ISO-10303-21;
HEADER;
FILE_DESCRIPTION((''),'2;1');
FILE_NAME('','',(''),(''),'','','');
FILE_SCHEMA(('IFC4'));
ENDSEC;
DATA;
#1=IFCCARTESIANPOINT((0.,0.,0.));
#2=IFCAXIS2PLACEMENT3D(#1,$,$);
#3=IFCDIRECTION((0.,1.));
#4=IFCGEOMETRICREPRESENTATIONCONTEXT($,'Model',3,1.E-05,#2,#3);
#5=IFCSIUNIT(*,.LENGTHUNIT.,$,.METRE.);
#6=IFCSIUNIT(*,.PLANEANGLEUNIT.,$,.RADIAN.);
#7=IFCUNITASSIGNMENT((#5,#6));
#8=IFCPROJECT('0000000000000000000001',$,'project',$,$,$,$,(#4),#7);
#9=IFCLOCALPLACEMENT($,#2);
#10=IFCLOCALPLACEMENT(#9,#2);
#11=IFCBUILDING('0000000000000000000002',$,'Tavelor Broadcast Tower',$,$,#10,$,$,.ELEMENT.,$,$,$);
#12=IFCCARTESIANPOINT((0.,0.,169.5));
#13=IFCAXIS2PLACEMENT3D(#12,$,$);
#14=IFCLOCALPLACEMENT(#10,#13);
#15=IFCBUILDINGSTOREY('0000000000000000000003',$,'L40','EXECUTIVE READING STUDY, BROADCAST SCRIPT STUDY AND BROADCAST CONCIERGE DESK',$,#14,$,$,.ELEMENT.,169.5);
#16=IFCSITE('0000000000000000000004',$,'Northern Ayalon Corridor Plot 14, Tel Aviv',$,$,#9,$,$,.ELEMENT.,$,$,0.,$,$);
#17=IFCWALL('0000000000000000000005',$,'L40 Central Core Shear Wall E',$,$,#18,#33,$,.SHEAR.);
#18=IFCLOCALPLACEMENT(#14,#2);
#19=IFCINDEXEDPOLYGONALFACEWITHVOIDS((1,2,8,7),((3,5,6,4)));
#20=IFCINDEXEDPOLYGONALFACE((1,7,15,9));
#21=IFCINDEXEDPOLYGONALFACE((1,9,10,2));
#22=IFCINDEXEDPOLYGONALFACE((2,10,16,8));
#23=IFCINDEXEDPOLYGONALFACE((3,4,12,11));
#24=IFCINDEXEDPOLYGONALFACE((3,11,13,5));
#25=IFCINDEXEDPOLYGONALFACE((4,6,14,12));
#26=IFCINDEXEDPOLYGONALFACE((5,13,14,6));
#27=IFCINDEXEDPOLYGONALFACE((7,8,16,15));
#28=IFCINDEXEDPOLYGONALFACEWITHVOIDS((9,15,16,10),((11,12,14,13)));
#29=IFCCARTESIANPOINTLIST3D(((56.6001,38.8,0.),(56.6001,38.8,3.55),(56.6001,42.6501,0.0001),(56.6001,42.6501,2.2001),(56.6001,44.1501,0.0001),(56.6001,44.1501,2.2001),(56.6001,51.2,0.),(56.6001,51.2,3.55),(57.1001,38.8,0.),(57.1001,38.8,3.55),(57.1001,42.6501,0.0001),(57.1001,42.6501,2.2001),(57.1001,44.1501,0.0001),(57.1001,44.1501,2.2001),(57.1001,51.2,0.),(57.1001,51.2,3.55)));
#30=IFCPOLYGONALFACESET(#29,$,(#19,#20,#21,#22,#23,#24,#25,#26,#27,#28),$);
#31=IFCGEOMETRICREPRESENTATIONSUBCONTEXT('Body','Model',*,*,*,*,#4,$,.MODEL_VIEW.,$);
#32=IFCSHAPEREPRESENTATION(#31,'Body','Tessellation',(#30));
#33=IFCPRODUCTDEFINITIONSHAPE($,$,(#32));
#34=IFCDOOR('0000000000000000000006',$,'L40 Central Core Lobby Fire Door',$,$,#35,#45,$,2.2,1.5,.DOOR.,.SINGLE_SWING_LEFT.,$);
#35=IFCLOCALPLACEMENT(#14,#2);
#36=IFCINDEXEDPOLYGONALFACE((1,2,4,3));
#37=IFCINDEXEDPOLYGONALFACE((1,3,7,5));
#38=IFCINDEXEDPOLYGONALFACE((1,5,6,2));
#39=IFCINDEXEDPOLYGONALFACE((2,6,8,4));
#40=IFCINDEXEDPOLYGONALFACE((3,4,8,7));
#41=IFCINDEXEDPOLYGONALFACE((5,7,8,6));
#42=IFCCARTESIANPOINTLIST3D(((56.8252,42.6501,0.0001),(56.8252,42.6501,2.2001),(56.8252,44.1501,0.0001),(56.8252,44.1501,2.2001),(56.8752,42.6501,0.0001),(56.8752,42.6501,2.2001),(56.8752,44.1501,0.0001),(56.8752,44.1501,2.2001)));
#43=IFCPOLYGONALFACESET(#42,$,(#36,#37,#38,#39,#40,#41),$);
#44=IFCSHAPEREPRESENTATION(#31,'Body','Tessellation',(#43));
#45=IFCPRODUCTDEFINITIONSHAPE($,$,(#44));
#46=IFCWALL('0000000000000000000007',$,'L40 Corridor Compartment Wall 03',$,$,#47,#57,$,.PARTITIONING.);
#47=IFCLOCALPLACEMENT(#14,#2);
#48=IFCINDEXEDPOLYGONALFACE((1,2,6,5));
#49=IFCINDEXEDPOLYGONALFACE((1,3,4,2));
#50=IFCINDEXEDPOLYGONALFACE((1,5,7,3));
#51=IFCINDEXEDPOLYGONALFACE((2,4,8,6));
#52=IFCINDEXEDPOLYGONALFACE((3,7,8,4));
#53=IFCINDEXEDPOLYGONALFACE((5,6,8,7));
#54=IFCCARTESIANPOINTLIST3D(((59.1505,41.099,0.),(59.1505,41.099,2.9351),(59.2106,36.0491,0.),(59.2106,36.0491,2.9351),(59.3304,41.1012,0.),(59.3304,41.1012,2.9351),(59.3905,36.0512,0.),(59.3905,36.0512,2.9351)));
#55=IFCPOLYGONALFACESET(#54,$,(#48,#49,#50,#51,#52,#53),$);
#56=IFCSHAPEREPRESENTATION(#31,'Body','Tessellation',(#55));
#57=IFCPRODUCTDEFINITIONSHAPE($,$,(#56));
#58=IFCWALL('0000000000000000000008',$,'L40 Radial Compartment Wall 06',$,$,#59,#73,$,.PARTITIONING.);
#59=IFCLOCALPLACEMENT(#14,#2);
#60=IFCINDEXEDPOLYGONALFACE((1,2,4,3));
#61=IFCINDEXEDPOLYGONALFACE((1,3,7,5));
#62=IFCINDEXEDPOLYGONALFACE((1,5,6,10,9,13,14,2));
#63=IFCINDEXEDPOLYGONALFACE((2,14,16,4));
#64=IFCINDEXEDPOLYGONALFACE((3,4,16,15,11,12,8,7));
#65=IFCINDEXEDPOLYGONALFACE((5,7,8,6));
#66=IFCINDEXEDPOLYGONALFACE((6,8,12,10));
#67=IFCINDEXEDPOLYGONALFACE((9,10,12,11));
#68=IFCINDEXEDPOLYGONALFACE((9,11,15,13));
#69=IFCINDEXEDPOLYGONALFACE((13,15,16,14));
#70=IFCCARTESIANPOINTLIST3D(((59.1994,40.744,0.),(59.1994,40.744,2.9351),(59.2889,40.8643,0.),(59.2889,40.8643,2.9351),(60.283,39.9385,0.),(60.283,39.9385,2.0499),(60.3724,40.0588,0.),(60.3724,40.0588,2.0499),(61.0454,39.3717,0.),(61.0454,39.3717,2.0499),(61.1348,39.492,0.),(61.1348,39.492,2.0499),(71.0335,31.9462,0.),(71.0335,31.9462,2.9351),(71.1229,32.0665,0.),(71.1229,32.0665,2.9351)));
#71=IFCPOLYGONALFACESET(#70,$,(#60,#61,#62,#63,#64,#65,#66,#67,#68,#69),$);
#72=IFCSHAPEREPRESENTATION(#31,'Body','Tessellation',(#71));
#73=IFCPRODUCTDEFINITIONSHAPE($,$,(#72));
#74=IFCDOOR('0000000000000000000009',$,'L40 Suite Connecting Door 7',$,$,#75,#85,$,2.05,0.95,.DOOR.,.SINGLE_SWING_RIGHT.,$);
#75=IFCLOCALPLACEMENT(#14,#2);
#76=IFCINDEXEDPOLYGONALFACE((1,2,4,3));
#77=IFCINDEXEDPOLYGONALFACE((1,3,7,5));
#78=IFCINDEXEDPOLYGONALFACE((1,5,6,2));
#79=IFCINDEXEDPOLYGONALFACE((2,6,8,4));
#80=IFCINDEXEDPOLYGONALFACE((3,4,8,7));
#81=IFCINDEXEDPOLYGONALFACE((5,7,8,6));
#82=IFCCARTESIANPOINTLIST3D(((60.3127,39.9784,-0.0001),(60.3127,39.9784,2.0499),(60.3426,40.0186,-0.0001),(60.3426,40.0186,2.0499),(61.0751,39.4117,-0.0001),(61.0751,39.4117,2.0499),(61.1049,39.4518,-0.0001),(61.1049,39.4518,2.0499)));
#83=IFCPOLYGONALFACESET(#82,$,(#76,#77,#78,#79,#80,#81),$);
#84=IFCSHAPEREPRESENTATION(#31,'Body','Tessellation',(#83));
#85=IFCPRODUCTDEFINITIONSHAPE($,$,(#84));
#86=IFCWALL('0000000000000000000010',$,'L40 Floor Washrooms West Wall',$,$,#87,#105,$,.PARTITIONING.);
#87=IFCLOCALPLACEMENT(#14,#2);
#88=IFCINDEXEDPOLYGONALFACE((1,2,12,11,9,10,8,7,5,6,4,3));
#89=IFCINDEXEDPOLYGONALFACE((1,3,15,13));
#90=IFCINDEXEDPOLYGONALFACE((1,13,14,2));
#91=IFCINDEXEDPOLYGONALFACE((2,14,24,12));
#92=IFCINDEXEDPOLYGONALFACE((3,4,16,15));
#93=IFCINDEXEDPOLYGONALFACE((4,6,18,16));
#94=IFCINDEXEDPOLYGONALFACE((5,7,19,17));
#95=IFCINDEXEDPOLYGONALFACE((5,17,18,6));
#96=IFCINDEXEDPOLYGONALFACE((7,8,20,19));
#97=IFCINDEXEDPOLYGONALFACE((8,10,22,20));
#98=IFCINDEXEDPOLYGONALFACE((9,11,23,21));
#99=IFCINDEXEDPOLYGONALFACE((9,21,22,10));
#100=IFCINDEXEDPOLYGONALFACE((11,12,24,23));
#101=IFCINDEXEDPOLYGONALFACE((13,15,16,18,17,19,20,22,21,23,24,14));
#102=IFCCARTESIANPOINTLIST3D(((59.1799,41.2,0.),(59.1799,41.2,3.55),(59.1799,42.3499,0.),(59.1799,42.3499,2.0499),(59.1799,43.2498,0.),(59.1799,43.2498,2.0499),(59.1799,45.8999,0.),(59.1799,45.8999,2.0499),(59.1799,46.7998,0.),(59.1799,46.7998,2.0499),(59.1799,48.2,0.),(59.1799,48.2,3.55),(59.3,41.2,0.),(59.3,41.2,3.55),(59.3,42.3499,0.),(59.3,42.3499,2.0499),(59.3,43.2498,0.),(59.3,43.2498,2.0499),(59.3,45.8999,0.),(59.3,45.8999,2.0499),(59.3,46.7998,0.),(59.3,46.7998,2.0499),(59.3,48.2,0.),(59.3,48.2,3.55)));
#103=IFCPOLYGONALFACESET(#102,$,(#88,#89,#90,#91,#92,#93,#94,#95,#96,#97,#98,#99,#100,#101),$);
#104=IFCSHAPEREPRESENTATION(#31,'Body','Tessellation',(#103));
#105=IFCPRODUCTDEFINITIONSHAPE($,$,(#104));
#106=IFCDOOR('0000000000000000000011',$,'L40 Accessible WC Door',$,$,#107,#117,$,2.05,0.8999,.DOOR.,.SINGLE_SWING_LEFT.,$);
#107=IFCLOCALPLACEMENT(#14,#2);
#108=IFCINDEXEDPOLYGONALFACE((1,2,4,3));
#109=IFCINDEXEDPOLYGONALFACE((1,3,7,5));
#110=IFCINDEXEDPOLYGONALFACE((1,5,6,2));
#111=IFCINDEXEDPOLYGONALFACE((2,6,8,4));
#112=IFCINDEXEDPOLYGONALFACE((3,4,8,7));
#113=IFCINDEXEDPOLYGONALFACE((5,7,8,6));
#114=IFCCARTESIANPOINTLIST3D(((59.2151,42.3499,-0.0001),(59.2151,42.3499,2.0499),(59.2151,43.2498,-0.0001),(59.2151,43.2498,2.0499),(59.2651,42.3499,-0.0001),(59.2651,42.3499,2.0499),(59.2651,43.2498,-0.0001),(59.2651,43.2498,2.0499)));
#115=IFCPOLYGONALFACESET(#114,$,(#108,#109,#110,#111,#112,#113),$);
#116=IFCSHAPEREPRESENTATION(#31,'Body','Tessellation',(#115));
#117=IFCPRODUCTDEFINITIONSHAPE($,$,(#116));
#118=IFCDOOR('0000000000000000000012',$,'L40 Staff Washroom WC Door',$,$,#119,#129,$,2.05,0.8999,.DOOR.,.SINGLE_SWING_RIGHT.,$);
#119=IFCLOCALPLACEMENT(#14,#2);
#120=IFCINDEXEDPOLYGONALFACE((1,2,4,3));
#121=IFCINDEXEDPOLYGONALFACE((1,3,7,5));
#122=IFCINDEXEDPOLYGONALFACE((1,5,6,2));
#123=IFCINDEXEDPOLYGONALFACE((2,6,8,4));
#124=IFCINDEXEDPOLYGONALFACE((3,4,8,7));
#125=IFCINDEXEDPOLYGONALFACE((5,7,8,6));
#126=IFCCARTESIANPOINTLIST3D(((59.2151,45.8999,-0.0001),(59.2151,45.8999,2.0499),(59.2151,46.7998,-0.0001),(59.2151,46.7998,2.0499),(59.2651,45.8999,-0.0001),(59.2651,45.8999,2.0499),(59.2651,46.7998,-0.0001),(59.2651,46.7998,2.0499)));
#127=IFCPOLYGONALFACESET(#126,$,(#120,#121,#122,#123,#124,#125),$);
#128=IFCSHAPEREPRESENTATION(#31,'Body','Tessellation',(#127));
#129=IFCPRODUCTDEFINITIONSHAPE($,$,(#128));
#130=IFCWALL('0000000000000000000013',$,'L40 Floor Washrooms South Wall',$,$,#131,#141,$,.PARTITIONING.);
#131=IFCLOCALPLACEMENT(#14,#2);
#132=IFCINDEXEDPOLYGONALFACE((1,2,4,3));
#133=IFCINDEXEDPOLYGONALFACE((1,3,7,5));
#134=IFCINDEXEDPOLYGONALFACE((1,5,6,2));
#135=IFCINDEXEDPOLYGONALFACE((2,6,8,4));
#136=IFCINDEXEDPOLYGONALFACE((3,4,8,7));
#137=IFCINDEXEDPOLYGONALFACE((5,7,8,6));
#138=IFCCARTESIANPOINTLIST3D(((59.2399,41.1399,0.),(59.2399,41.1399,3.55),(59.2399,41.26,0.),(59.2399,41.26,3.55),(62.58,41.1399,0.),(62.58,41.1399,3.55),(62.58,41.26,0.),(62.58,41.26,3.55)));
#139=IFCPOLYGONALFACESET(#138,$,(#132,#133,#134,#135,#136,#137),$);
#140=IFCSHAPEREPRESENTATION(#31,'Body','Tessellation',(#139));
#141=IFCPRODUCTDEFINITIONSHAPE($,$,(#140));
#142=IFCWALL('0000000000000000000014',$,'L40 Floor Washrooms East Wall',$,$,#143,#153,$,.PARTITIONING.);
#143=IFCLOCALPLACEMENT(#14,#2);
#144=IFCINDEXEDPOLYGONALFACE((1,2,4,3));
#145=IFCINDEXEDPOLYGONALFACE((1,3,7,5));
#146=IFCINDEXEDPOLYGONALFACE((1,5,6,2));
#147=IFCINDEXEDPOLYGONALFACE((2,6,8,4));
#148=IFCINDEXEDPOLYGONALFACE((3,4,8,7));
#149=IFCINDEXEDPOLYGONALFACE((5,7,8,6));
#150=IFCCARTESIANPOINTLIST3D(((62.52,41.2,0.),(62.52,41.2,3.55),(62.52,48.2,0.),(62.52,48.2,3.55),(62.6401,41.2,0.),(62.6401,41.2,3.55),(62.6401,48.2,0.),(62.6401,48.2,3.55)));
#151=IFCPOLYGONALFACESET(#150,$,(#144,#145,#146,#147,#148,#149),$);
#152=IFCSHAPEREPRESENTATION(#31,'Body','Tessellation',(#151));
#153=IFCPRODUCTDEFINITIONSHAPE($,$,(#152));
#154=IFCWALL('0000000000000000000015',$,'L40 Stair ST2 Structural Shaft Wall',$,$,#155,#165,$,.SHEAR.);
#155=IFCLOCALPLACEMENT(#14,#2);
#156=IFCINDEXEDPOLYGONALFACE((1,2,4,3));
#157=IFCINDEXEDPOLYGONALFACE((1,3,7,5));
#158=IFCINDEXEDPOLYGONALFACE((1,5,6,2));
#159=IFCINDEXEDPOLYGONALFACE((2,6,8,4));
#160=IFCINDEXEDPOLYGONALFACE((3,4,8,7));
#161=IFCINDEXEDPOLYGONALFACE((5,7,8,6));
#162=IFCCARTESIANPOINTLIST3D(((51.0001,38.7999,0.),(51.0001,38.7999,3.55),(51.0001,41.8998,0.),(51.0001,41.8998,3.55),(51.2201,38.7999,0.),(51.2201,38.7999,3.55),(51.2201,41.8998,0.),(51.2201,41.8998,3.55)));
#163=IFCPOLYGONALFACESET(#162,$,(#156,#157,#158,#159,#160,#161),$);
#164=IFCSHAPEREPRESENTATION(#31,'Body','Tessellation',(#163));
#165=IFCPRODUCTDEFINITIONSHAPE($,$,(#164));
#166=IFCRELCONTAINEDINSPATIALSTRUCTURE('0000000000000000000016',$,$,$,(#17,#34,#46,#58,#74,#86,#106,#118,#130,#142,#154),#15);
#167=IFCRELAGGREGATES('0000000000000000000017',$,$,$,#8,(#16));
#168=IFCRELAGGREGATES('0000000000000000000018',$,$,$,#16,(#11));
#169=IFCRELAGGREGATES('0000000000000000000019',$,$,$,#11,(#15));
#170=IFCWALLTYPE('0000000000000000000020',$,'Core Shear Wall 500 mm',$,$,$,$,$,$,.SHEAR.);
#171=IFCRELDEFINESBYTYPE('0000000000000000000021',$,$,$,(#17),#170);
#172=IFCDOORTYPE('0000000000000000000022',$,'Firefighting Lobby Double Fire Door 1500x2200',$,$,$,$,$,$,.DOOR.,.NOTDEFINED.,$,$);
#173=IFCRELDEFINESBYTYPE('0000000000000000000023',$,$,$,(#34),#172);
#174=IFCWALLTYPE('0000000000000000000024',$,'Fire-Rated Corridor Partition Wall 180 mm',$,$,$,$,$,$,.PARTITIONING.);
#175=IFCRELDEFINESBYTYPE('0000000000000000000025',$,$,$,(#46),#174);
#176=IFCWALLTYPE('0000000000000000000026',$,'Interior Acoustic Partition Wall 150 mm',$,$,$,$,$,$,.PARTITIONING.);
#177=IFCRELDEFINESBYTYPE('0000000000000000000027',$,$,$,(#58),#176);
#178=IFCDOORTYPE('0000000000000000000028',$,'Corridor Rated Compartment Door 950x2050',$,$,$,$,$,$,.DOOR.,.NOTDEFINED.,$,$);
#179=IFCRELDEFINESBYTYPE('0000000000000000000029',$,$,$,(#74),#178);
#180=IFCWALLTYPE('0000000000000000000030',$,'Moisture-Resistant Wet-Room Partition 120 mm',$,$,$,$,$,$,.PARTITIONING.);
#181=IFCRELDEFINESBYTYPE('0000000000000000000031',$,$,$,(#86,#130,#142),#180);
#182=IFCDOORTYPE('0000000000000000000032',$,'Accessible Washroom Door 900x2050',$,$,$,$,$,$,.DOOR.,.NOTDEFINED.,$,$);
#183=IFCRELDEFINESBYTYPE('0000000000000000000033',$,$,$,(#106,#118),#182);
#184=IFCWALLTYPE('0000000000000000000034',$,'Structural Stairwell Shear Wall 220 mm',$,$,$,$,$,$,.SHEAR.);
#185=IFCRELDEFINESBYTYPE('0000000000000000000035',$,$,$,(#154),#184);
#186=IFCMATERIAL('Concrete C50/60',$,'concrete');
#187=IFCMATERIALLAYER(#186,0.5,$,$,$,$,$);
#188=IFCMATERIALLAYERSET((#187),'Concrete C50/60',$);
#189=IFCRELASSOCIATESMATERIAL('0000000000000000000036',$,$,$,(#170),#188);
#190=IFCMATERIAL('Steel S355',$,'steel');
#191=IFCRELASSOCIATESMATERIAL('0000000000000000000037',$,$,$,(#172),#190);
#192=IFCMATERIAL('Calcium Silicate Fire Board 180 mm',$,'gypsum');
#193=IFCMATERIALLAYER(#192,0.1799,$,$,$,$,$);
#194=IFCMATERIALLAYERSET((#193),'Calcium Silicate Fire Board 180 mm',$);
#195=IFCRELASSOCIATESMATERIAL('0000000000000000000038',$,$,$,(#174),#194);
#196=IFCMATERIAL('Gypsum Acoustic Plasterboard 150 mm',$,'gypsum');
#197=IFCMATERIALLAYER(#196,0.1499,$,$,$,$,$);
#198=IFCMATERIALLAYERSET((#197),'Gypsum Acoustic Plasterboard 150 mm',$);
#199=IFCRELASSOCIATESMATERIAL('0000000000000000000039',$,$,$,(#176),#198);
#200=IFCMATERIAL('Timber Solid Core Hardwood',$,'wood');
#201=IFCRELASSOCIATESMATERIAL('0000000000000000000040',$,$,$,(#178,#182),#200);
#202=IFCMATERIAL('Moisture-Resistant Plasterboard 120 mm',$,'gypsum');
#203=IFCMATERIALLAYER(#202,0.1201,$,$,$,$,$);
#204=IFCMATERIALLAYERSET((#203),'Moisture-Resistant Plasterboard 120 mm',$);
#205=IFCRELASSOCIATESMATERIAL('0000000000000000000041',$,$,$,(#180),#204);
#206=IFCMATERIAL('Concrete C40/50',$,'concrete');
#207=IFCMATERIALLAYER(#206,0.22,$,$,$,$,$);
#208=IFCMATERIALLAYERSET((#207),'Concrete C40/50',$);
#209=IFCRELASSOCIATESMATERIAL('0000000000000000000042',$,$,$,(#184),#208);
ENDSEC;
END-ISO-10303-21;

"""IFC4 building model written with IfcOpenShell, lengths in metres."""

from ifc_helpers import new_model, si_unit, direction, frame, frame_2d, origin, place, context, subcontext, project, spatial, rectangle, extrude, material, layer, layer_set, type_object, element, fill, save


model = new_model("IFC4")

# Units and contexts
model_context = context("Model", 3, precision=1e-05, world=origin(), true_north=direction((0.0, 1.0)))
body_context = subcontext(model_context, "Body", "Model", "MODEL_VIEW")
ifc_project = project(units=[si_unit("LENGTHUNIT", "METRE"), si_unit("PLANEANGLEUNIT", "RADIAN")], contexts=[model_context])

# Site, building, storey
site_placement = place(None, origin())
site = spatial("IfcSite", under=ifc_project, at=site_placement, Name="Northern Ayalon Corridor Plot 14, Tel Aviv", CompositionType="ELEMENT", RefElevation=0.0)
building_placement = place(site_placement, origin())
building = spatial("IfcBuilding", under=site, at=building_placement, Name="Tavelor Broadcast Tower", CompositionType="ELEMENT")
storey_placement = place(building_placement, frame((0.0, 0.0, 169.5)))
storey = spatial("IfcBuildingStorey", under=building, at=storey_placement, Name="L40", Description="EXECUTIVE READING STUDY, BROADCAST SCRIPT STUDY AND BROADCAST CONCIERGE DESK", CompositionType="ELEMENT", Elevation=169.5)

# Shared definitions
ifc_material_1 = material(Name="Concrete C50/60", Category="concrete")

# Shared definitions
ifc_material_2 = material(Name="Concrete C40/50", Category="concrete")
ifc_material_3 = material(Name="Steel S355", Category="steel")

# Wall, opening, door
ifc_layer_1 = layer(ifc_material_1, 0.5)
ifc_layer_set_1 = layer_set([ifc_layer_1], Name="Concrete C50/60")
wall_type_1 = type_object("IfcWallType", Name="Core Shear Wall 500 mm", PredefinedType="SHEAR", material=ifc_layer_set_1)
wall_1_placement = place(storey_placement, frame((56.8501, 38.8, 0.0), z_axis=(0.0, 0.0, 1.0), x_axis=(0.0, 1.0, 0.0)))
wall_1 = element("IfcWall", 1, at=wall_1_placement, inside=storey, type_object=wall_type_1, Name="L40 Central Core Shear Wall E", PredefinedType="SHEAR", context=body_context, shape_type="SweptSolid", body=[
    extrude(rectangle(XDim=12.3999, YDim=0.5, at=frame_2d((6.2, 0.0))), origin(), (0.0, 0.0, 1.0), 3.55),
])
opening_1_placement = place(wall_1_placement, frame((3.8501, 0.0, 0.0)))
opening_1 = element("IfcOpeningElement", 2, at=opening_1_placement, cuts=wall_1, PredefinedType="OPENING", context=body_context, shape_type="SweptSolid", body=[
    extrude(rectangle(XDim=1.5, YDim=2.2, at=frame_2d((0.75, 1.1001))), frame((0.0, 0.26, 0.0), z_axis=(0.0, -1.0, 0.0), x_axis=(1.0, 0.0, 0.0)), (0.0, 0.0, 1.0), 0.52),
])
door_type_1 = type_object("IfcDoorType", Name="Firefighting Lobby Double Fire Door 1500x2200", OperationType="NOTDEFINED", PredefinedType="DOOR", material=ifc_material_3)
door_1_placement = place(opening_1_placement, origin())
door_1 = element("IfcDoor", 3, at=door_1_placement, inside=storey, type_object=door_type_1, Name="L40 Central Core Lobby Fire Door", OperationType="SINGLE_SWING_LEFT", OverallHeight=2.2, OverallWidth=1.5, PredefinedType="DOOR", context=body_context, shape_type="SweptSolid", body=[
    extrude(rectangle(XDim=1.5, YDim=2.2, at=frame_2d((0.75, 1.1001))), frame((0.0, 0.0249, 0.0), z_axis=(0.0, -1.0, 0.0), x_axis=(1.0, 0.0, 0.0)), (0.0, 0.0, 1.0), 0.05),
])
fill(opening_1, door_1)

# Wall
ifc_material_4 = material(Name="Calcium Silicate Fire Board 180 mm", Category="gypsum")
ifc_layer_2 = layer(ifc_material_4, 0.1799)
ifc_layer_set_2 = layer_set([ifc_layer_2], Name="Calcium Silicate Fire Board 180 mm")
wall_type_2 = type_object("IfcWallType", Name="Fire-Rated Corridor Partition Wall 180 mm", PredefinedType="PARTITIONING", material=ifc_layer_set_2)
wall_2_placement = place(storey_placement, frame((59.2405, 41.1001, 0.0), z_axis=(0.0, 0.0, 1.0), x_axis=(0.011892, -0.999929, 0.0)))
element("IfcWall", 4, at=wall_2_placement, inside=storey, type_object=wall_type_2, Name="L40 Corridor Compartment Wall 03", PredefinedType="PARTITIONING", context=body_context, shape_type="SweptSolid", body=[
    extrude(rectangle(XDim=5.0503, YDim=0.1799, at=frame_2d((2.5251, 0.0))), origin(), (0.0, 0.0, 1.0), 2.9351),
])

# Wall, opening, door
ifc_material_5 = material(Name="Gypsum Acoustic Plasterboard 150 mm", Category="gypsum")
ifc_layer_3 = layer(ifc_material_5, 0.1499)
ifc_layer_set_3 = layer_set([ifc_layer_3], Name="Gypsum Acoustic Plasterboard 150 mm")
wall_type_3 = type_object("IfcWallType", Name="Interior Acoustic Partition Wall 150 mm", PredefinedType="PARTITIONING", material=ifc_layer_set_3)
wall_3_placement = place(storey_placement, frame((59.2441, 40.8042, 0.0), z_axis=(0.0, 0.0, 1.0), x_axis=(0.80252, -0.596625, 0.0)))
wall_3 = element("IfcWall", 5, at=wall_3_placement, inside=storey, type_object=wall_type_3, Name="L40 Radial Compartment Wall 06", PredefinedType="PARTITIONING", context=body_context, shape_type="SweptSolid", body=[
    extrude(rectangle(XDim=14.7461, YDim=0.1499, at=frame_2d((7.373, 0.0))), origin(), (0.0, 0.0, 1.0), 2.9351),
])
opening_2_placement = place(wall_3_placement, frame((1.3501, 0.0, 0.0)))
opening_2 = element("IfcOpeningElement", 6, at=opening_2_placement, cuts=wall_3, PredefinedType="OPENING", context=body_context, shape_type="SweptSolid", body=[
    extrude(rectangle(XDim=0.95, YDim=2.05, at=frame_2d((0.4751, 1.0249))), frame((0.0, 0.085, 0.0), z_axis=(0.0, -1.0, 0.0), x_axis=(1.0, 0.0, 0.0)), (0.0, 0.0, 1.0), 0.1699),
])
ifc_material_6 = material(Name="Timber Solid Core Hardwood", Category="wood")
door_type_2 = type_object("IfcDoorType", Name="Corridor Rated Compartment Door 950x2050", OperationType="NOTDEFINED", PredefinedType="DOOR", material=ifc_material_6)
door_2_placement = place(opening_2_placement, origin())
door_2 = element("IfcDoor", 7, at=door_2_placement, inside=storey, type_object=door_type_2, Name="L40 Suite Connecting Door 7", OperationType="SINGLE_SWING_RIGHT", OverallHeight=2.05, OverallWidth=0.95, PredefinedType="DOOR", context=body_context, shape_type="SweptSolid", body=[
    extrude(rectangle(XDim=0.95, YDim=2.05, at=frame_2d((0.4751, 1.0249))), frame((0.0, 0.0249, 0.0), z_axis=(0.0, -1.0, 0.0), x_axis=(1.0, 0.0, 0.0)), (0.0, 0.0, 1.0), 0.05),
])
fill(opening_2, door_2)

# Wall, openings, doors
ifc_material_7 = material(Name="Moisture-Resistant Plasterboard 120 mm", Category="gypsum")
ifc_layer_4 = layer(ifc_material_7, 0.1201)
ifc_layer_set_4 = layer_set([ifc_layer_4], Name="Moisture-Resistant Plasterboard 120 mm")
wall_type_4 = type_object("IfcWallType", Name="Moisture-Resistant Wet-Room Partition 120 mm", PredefinedType="PARTITIONING", material=ifc_layer_set_4)
wall_4_placement = place(storey_placement, frame((59.24, 41.2, 0.0), z_axis=(0.0, 0.0, 1.0), x_axis=(0.0, 1.0, 0.0)))
wall_4 = element("IfcWall", 8, at=wall_4_placement, inside=storey, type_object=wall_type_4, Name="L40 Floor Washrooms West Wall", PredefinedType="PARTITIONING", context=body_context, shape_type="SweptSolid", body=[
    extrude(rectangle(XDim=7.0, YDim=0.1201, at=frame_2d((3.5, 0.0))), origin(), (0.0, 0.0, 1.0), 3.55),
])
opening_3_placement = place(wall_4_placement, frame((1.1499, 0.0, 0.0)))
opening_3 = element("IfcOpeningElement", 9, at=opening_3_placement, cuts=wall_4, PredefinedType="OPENING", context=body_context, shape_type="SweptSolid", body=[
    extrude(rectangle(XDim=0.8999, YDim=2.05, at=frame_2d((0.45, 1.0249))), frame((0.0, 0.0701, 0.0), z_axis=(0.0, -1.0, 0.0), x_axis=(1.0, 0.0, 0.0)), (0.0, 0.0, 1.0), 0.1401),
])
opening_4_placement = place(wall_4_placement, frame((4.7, 0.0, 0.0)))
opening_4 = element("IfcOpeningElement", 10, at=opening_4_placement, cuts=wall_4, PredefinedType="OPENING", context=body_context, shape_type="SweptSolid", body=[
    extrude(rectangle(XDim=0.8999, YDim=2.05, at=frame_2d((0.45, 1.0249))), frame((0.0, 0.0701, 0.0), z_axis=(0.0, -1.0, 0.0), x_axis=(1.0, 0.0, 0.0)), (0.0, 0.0, 1.0), 0.1401),
])
door_type_3 = type_object("IfcDoorType", Name="Accessible Washroom Door 900x2050", OperationType="NOTDEFINED", PredefinedType="DOOR", material=ifc_material_6)
door_3_placement = place(opening_3_placement, origin())
door_3 = element("IfcDoor", 11, at=door_3_placement, inside=storey, type_object=door_type_3, Name="L40 Accessible WC Door", OperationType="SINGLE_SWING_LEFT", OverallHeight=2.05, OverallWidth=0.8999, PredefinedType="DOOR", context=body_context, shape_type="SweptSolid", body=[
    extrude(rectangle(XDim=0.8999, YDim=2.05, at=frame_2d((0.45, 1.0249))), frame((0.0, 0.0249, 0.0), z_axis=(0.0, -1.0, 0.0), x_axis=(1.0, 0.0, 0.0)), (0.0, 0.0, 1.0), 0.05),
])
fill(opening_3, door_3)
door_4_placement = place(opening_4_placement, origin())
door_4 = element("IfcDoor", 12, at=door_4_placement, inside=storey, type_object=door_type_3, Name="L40 Staff Washroom WC Door", OperationType="SINGLE_SWING_RIGHT", OverallHeight=2.05, OverallWidth=0.8999, PredefinedType="DOOR", context=body_context, shape_type="SweptSolid", body=[
    extrude(rectangle(XDim=0.8999, YDim=2.05, at=frame_2d((0.45, 1.0249))), frame((0.0, 0.0249, 0.0), z_axis=(0.0, -1.0, 0.0), x_axis=(1.0, 0.0, 0.0)), (0.0, 0.0, 1.0), 0.05),
])
fill(opening_4, door_4)

# Walls
wall_5_placement = place(storey_placement, frame((59.24, 41.2, 0.0), z_axis=(0.0, 0.0, 1.0), x_axis=(1.0, 0.0, 0.0)))
element("IfcWall", 13, at=wall_5_placement, inside=storey, type_object=wall_type_4, Name="L40 Floor Washrooms South Wall", PredefinedType="PARTITIONING", context=body_context, shape_type="SweptSolid", body=[
    extrude(rectangle(XDim=3.3401, YDim=0.1201, at=frame_2d((1.6699, 0.0))), origin(), (0.0, 0.0, 1.0), 3.55),
])
wall_6_placement = place(storey_placement, frame((62.5801, 41.2, 0.0), z_axis=(0.0, 0.0, 1.0), x_axis=(0.0, 1.0, 0.0)))
element("IfcWall", 14, at=wall_6_placement, inside=storey, type_object=wall_type_4, Name="L40 Floor Washrooms East Wall", PredefinedType="PARTITIONING", context=body_context, shape_type="SweptSolid", body=[
    extrude(rectangle(XDim=7.0, YDim=0.1201, at=frame_2d((3.5, 0.0))), origin(), (0.0, 0.0, 1.0), 3.55),
])
ifc_layer_5 = layer(ifc_material_2, 0.22)
ifc_layer_set_5 = layer_set([ifc_layer_5], Name="Concrete C40/50")
wall_type_5 = type_object("IfcWallType", Name="Structural Stairwell Shear Wall 220 mm", PredefinedType="SHEAR", material=ifc_layer_set_5)
wall_7_placement = place(storey_placement, frame((51.1101, 38.8, 0.0), z_axis=(0.0, 0.0, 1.0), x_axis=(0.0, 1.0, 0.0)))
element("IfcWall", 15, at=wall_7_placement, inside=storey, type_object=wall_type_5, Name="L40 Stair ST2 Structural Shaft Wall", PredefinedType="SHEAR", context=body_context, shape_type="SweptSolid", body=[
    extrude(rectangle(XDim=3.0999, YDim=0.22, at=frame_2d((1.5498, 0.0))), origin(), (0.0, 0.0, 1.0), 3.55),
])

save(model, "model.ifc")
